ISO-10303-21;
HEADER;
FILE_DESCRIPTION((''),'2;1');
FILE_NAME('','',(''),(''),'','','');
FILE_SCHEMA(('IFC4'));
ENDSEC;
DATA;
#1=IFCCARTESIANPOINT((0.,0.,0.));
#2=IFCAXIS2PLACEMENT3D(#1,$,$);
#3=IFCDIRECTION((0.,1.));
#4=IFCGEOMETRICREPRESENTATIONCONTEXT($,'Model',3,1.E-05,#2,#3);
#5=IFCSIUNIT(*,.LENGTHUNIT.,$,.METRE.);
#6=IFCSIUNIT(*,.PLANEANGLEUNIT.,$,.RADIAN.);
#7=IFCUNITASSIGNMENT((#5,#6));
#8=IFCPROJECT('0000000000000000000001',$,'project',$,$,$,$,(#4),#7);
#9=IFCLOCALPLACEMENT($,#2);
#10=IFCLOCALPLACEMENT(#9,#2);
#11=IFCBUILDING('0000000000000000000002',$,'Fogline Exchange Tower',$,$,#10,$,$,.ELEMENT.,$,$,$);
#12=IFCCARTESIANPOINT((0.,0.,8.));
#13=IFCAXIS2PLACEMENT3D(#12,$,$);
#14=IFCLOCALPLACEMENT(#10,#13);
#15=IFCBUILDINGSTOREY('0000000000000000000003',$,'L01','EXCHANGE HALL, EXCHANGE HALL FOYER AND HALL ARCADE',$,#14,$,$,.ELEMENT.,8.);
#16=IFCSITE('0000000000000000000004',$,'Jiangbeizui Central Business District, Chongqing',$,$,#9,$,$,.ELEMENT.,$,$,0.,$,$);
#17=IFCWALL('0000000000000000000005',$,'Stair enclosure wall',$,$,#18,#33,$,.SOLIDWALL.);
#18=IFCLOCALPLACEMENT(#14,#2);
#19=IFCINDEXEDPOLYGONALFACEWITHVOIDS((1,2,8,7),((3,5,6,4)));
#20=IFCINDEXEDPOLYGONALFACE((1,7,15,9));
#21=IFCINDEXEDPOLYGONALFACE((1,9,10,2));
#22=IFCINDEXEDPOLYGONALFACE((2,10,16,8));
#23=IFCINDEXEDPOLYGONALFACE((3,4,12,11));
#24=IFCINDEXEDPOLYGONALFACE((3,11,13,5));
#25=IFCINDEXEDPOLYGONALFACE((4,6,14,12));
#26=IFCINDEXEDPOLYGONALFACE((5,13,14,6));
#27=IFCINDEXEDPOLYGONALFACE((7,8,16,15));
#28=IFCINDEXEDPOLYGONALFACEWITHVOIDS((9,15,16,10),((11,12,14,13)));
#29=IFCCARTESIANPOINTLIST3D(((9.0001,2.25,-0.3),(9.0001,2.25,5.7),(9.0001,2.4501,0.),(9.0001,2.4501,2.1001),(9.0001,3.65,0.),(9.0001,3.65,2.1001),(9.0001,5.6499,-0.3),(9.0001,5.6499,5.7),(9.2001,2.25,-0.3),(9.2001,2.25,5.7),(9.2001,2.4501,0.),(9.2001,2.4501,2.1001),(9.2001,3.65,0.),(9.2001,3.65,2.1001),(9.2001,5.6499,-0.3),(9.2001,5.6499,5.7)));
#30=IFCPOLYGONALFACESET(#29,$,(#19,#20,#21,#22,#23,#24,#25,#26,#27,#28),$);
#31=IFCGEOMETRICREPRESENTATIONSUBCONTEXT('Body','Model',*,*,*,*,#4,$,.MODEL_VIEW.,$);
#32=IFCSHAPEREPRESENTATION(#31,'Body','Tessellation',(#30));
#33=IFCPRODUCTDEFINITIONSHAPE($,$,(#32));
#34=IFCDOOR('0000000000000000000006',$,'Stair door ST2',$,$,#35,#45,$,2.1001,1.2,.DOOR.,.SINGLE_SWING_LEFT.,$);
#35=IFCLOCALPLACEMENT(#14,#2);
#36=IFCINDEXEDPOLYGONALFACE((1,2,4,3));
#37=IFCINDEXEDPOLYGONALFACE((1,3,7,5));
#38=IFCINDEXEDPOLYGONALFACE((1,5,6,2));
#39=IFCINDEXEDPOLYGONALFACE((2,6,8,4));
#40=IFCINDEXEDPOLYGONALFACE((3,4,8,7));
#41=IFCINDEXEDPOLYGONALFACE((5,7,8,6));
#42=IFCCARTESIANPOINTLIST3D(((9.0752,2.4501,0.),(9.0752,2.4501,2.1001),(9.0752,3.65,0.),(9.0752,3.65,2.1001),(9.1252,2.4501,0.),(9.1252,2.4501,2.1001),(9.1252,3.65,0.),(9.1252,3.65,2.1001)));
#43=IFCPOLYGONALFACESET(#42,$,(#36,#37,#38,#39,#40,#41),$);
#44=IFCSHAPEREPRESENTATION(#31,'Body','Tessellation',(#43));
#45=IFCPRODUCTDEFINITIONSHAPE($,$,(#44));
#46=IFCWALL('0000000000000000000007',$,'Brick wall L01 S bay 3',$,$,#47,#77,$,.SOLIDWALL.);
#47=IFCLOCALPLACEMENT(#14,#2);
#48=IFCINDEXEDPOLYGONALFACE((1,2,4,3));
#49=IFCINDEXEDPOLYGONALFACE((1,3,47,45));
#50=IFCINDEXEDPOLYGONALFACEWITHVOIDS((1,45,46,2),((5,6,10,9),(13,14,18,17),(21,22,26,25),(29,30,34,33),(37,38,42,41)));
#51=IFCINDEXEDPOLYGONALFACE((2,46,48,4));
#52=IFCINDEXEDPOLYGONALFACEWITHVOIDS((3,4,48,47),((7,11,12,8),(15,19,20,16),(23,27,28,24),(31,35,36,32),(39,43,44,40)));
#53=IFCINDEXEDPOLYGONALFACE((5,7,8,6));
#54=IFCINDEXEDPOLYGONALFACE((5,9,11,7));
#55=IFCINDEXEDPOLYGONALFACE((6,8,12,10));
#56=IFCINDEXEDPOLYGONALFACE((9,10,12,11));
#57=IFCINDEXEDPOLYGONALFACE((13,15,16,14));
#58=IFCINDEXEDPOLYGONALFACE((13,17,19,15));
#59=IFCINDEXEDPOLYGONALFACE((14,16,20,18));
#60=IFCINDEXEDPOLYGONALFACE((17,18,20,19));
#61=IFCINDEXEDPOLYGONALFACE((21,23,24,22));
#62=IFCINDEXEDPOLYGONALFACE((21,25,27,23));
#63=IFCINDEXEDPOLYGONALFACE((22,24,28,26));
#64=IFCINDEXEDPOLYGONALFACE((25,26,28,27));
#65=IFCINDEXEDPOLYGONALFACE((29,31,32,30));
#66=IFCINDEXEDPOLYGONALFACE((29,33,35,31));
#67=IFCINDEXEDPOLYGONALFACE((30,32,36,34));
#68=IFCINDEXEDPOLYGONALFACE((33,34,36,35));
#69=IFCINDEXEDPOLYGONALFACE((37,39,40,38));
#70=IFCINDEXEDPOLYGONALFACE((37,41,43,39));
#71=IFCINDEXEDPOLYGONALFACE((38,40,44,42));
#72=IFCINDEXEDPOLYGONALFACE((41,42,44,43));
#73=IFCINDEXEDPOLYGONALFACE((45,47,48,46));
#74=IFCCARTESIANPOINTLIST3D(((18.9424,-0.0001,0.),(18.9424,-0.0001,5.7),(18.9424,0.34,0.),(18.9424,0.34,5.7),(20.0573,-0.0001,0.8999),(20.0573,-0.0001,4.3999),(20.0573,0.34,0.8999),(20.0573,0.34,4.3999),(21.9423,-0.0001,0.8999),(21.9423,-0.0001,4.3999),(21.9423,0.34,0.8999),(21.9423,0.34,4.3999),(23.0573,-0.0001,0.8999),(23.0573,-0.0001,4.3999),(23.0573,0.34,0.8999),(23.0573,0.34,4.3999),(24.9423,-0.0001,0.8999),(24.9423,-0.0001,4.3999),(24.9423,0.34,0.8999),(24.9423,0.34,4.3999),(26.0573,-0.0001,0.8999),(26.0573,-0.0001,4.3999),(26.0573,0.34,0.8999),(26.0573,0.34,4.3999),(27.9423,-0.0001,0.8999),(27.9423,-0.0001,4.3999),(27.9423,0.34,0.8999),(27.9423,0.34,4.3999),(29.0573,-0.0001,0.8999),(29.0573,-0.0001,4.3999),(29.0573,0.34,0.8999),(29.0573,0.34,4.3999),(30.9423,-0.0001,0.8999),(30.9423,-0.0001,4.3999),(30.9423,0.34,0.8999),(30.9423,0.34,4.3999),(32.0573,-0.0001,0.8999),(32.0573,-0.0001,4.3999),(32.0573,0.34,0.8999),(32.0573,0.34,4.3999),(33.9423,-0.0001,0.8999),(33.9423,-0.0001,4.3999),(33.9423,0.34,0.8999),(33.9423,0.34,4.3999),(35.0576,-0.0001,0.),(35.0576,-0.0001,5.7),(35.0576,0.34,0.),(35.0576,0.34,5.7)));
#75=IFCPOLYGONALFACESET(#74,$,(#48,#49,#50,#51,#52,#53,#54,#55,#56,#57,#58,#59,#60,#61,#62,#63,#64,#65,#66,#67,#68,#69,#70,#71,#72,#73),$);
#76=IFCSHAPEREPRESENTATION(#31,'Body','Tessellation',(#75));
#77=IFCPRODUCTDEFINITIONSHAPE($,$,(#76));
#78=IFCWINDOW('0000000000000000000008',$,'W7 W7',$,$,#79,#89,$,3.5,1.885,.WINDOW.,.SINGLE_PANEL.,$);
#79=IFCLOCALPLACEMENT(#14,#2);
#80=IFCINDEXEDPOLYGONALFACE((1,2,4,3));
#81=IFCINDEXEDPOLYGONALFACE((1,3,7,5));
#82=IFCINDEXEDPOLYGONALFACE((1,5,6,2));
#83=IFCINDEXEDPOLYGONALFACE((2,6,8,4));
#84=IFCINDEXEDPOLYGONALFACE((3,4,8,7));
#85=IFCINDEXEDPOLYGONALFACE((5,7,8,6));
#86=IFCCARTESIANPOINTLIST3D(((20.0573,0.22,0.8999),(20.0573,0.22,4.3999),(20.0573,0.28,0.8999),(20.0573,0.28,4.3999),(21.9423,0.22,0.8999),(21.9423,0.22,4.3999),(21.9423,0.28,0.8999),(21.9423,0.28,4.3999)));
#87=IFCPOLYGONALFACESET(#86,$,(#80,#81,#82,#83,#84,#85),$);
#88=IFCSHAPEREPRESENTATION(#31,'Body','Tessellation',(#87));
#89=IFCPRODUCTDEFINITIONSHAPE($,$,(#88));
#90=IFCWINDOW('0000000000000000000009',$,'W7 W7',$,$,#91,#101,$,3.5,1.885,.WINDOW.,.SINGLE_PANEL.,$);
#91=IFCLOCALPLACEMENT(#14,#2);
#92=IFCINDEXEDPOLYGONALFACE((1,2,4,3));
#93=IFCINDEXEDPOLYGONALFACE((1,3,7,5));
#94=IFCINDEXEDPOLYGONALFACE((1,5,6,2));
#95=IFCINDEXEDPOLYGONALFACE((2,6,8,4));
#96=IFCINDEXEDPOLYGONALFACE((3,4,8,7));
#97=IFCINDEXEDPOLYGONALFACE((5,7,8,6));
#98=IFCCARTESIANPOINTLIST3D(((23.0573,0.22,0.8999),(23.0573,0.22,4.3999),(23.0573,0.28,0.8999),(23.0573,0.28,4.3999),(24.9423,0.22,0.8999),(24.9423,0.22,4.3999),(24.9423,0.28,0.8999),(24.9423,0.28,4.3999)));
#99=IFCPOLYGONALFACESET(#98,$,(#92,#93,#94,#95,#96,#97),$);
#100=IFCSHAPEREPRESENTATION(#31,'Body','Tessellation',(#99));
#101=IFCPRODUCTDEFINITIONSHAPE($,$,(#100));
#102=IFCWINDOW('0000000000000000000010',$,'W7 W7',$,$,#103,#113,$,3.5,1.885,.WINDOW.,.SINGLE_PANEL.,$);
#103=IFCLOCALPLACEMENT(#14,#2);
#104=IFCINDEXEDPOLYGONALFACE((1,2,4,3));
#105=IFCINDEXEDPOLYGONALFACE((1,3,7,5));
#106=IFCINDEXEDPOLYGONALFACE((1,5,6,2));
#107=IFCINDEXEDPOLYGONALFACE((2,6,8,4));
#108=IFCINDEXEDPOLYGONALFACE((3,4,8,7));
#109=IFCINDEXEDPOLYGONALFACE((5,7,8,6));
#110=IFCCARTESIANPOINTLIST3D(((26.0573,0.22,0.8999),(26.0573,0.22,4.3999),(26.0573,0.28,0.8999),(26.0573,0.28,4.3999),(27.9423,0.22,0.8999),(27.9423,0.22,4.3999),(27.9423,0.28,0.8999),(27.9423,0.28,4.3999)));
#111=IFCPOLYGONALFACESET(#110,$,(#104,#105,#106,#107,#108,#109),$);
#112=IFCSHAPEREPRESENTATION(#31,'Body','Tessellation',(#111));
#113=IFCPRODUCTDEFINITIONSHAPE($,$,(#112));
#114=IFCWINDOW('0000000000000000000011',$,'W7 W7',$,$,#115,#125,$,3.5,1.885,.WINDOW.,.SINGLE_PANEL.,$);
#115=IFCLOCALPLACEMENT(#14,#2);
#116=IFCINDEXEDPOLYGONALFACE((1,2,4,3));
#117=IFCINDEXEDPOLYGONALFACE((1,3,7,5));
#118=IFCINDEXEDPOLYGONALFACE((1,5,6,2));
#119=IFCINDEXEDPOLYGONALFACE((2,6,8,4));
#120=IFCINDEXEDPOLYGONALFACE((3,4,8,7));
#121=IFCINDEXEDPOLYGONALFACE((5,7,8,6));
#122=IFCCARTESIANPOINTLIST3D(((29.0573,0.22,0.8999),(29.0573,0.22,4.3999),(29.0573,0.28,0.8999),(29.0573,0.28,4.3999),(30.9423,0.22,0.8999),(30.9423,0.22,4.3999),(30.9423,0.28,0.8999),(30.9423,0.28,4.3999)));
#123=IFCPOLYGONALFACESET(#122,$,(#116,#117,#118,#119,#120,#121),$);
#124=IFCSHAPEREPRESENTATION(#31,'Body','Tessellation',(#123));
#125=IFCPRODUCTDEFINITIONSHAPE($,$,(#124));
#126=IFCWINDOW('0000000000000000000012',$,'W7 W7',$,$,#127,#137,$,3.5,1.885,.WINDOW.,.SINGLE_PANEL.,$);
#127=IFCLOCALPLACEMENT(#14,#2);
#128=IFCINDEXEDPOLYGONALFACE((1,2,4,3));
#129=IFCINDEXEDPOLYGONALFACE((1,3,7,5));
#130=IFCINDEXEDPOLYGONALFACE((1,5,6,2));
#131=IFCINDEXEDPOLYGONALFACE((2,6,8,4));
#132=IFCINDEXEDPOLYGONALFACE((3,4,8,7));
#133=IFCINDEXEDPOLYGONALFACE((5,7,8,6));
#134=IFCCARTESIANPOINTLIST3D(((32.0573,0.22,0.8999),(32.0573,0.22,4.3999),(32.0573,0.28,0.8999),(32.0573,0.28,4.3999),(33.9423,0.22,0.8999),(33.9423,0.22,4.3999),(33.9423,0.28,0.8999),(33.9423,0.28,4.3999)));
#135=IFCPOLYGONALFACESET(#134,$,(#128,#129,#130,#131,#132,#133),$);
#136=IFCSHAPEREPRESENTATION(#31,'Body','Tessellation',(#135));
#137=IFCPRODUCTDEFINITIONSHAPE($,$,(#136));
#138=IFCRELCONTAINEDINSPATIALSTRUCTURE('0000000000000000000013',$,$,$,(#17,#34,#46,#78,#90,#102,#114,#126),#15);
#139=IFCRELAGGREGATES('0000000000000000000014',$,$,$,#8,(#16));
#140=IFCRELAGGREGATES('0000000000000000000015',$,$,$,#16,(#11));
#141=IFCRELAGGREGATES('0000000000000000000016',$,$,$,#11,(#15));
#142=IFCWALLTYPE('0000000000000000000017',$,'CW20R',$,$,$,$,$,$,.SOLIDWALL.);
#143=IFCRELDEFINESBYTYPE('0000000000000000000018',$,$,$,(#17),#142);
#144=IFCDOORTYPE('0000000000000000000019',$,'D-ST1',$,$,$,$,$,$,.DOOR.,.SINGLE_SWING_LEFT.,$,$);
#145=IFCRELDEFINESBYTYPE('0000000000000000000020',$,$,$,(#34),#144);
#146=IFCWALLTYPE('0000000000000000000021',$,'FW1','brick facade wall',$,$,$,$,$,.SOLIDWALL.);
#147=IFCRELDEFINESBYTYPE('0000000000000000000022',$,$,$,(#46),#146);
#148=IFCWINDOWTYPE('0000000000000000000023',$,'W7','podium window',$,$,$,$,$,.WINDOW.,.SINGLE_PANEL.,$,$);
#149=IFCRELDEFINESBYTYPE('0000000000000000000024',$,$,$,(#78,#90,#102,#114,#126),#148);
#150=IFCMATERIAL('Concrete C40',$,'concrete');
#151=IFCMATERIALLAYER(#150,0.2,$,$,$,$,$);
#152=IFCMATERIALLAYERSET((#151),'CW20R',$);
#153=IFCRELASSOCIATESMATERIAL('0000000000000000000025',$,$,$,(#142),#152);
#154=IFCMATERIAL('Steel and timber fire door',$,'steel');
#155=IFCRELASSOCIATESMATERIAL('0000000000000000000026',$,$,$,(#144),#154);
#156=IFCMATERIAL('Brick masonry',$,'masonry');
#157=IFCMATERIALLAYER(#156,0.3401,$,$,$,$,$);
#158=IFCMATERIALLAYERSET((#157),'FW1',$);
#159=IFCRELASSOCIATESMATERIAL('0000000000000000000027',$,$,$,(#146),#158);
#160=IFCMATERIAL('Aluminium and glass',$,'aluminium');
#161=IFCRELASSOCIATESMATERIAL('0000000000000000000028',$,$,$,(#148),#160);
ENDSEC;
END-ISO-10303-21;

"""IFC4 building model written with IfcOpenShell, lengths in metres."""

from ifc_helpers import new_model, si_unit, direction, frame, frame_2d, origin, place, context, subcontext, project, spatial, rectangle, extrude, material, layer, layer_set, type_object, element, fill, save


model = new_model("IFC4")

# Units and contexts
model_context = context("Model", 3, precision=1e-05, world=origin(), true_north=direction((0.0, 1.0)))
body_context = subcontext(model_context, "Body", "Model", "MODEL_VIEW")
ifc_project = project(units=[si_unit("LENGTHUNIT", "METRE"), si_unit("PLANEANGLEUNIT", "RADIAN")], contexts=[model_context])

# Site, building, storey
site_placement = place(None, origin())
site = spatial("IfcSite", under=ifc_project, at=site_placement, Name="Jiangbeizui Central Business District, Chongqing", CompositionType="ELEMENT", RefElevation=0.0)
building_placement = place(site_placement, origin())
building = spatial("IfcBuilding", under=site, at=building_placement, Name="Fogline Exchange Tower", CompositionType="ELEMENT")
storey_placement = place(building_placement, frame((0.0, 0.0, 8.0)))
storey = spatial("IfcBuildingStorey", under=building, at=storey_placement, Name="L01", Description="EXCHANGE HALL, EXCHANGE HALL FOYER AND HALL ARCADE", CompositionType="ELEMENT", Elevation=8.0)

# Shared definitions
ifc_material_1 = material(Name="Aluminium and glass", Category="aluminium")

# Wall, opening, door
ifc_material_2 = material(Name="Concrete C40", Category="concrete")
ifc_layer_1 = layer(ifc_material_2, 0.2)
ifc_layer_set_1 = layer_set([ifc_layer_1], Name="CW20R")
wall_type_1 = type_object("IfcWallType", Name="CW20R", PredefinedType="SOLIDWALL", material=ifc_layer_set_1)
wall_1_placement = place(storey_placement, frame((9.1001, 2.25, -0.3), z_axis=(0.0, 0.0, 1.0), x_axis=(0.0, 1.0, 0.0)))
wall_1 = element("IfcWall", 1, at=wall_1_placement, inside=storey, type_object=wall_type_1, Name="Stair enclosure wall", PredefinedType="SOLIDWALL", context=body_context, shape_type="SweptSolid", body=[
    extrude(rectangle(XDim=3.3999, YDim=0.2, at=frame_2d((1.7, 0.0))), origin(), (0.0, 0.0, 1.0), 6.0),
])
opening_1_placement = place(wall_1_placement, frame((0.2, 0.0, 0.3)))
opening_1 = element("IfcOpeningElement", 2, at=opening_1_placement, cuts=wall_1, PredefinedType="OPENING", context=body_context, shape_type="SweptSolid", body=[
    extrude(rectangle(XDim=1.2, YDim=2.1001, at=frame_2d((0.6001, 1.05))), frame((0.0, 0.1099, 0.0), z_axis=(0.0, -1.0, 0.0), x_axis=(1.0, 0.0, 0.0)), (0.0, 0.0, 1.0), 0.22),
])
ifc_material_3 = material(Name="Steel and timber fire door", Category="steel")
door_type_1 = type_object("IfcDoorType", Name="D-ST1", OperationType="SINGLE_SWING_LEFT", PredefinedType="DOOR", material=ifc_material_3)
door_1_placement = place(opening_1_placement, origin())
door_1 = element("IfcDoor", 3, at=door_1_placement, inside=storey, type_object=door_type_1, Name="Stair door ST2", OperationType="SINGLE_SWING_LEFT", OverallHeight=2.1001, OverallWidth=1.2, PredefinedType="DOOR", context=body_context, shape_type="SweptSolid", body=[
    extrude(rectangle(XDim=1.2, YDim=2.1001, at=frame_2d((0.6001, 1.05))), frame((0.0, 0.0249, 0.0), z_axis=(0.0, -1.0, 0.0), x_axis=(1.0, 0.0, 0.0)), (0.0, 0.0, 1.0), 0.05),
])
fill(opening_1, door_1)

# Wall, openings, windows
ifc_material_4 = material(Name="Brick masonry", Category="masonry")
ifc_layer_2 = layer(ifc_material_4, 0.3401)
ifc_layer_set_2 = layer_set([ifc_layer_2], Name="FW1")
wall_type_2 = type_object("IfcWallType", Name="FW1", Description="brick facade wall", PredefinedType="SOLIDWALL", material=ifc_layer_set_2)
wall_2_placement = place(storey_placement, frame((18.9424, 0.1699, 0.0), z_axis=(0.0, 0.0, 1.0), x_axis=(1.0, 0.0, 0.0)))
wall_2 = element("IfcWall", 4, at=wall_2_placement, inside=storey, type_object=wall_type_2, Name="Brick wall L01 S bay 3", PredefinedType="SOLIDWALL", context=body_context, shape_type="SweptSolid", body=[
    extrude(rectangle(XDim=16.1152, YDim=0.3401, at=frame_2d((8.0576, 0.0))), origin(), (0.0, 0.0, 1.0), 5.7),
])
opening_2_placement = place(wall_2_placement, frame((1.115, 0.0, 0.8999)))
opening_2 = element("IfcOpeningElement", 5, at=opening_2_placement, cuts=wall_2, PredefinedType="OPENING", context=body_context, shape_type="SweptSolid", body=[
    extrude(rectangle(XDim=1.885, YDim=3.5, at=frame_2d((0.9424, 1.75))), frame((0.0, 0.1802, 0.0), z_axis=(0.0, -1.0, 0.0), x_axis=(1.0, 0.0, 0.0)), (0.0, 0.0, 1.0), 0.3601),
])
opening_3_placement = place(wall_2_placement, frame((4.115, 0.0, 0.8999)))
opening_3 = element("IfcOpeningElement", 6, at=opening_3_placement, cuts=wall_2, PredefinedType="OPENING", context=body_context, shape_type="SweptSolid", body=[
    extrude(rectangle(XDim=1.885, YDim=3.5, at=frame_2d((0.9424, 1.75))), frame((0.0, 0.1802, 0.0), z_axis=(0.0, -1.0, 0.0), x_axis=(1.0, 0.0, 0.0)), (0.0, 0.0, 1.0), 0.3601),
])
opening_4_placement = place(wall_2_placement, frame((7.115, 0.0, 0.8999)))
opening_4 = element("IfcOpeningElement", 7, at=opening_4_placement, cuts=wall_2, PredefinedType="OPENING", context=body_context, shape_type="SweptSolid", body=[
    extrude(rectangle(XDim=1.885, YDim=3.5, at=frame_2d((0.9424, 1.75))), frame((0.0, 0.1802, 0.0), z_axis=(0.0, -1.0, 0.0), x_axis=(1.0, 0.0, 0.0)), (0.0, 0.0, 1.0), 0.3601),
])
opening_5_placement = place(wall_2_placement, frame((10.115, 0.0, 0.8999)))
opening_5 = element("IfcOpeningElement", 8, at=opening_5_placement, cuts=wall_2, PredefinedType="OPENING", context=body_context, shape_type="SweptSolid", body=[
    extrude(rectangle(XDim=1.885, YDim=3.5, at=frame_2d((0.9424, 1.75))), frame((0.0, 0.1802, 0.0), z_axis=(0.0, -1.0, 0.0), x_axis=(1.0, 0.0, 0.0)), (0.0, 0.0, 1.0), 0.3601),
])
opening_6_placement = place(wall_2_placement, frame((13.115, 0.0, 0.8999)))
opening_6 = element("IfcOpeningElement", 9, at=opening_6_placement, cuts=wall_2, PredefinedType="OPENING", context=body_context, shape_type="SweptSolid", body=[
    extrude(rectangle(XDim=1.885, YDim=3.5, at=frame_2d((0.9424, 1.75))), frame((0.0, 0.1802, 0.0), z_axis=(0.0, -1.0, 0.0), x_axis=(1.0, 0.0, 0.0)), (0.0, 0.0, 1.0), 0.3601),
])
window_type = type_object("IfcWindowType", Name="W7", Description="podium window", PartitioningType="SINGLE_PANEL", PredefinedType="WINDOW", material=ifc_material_1)
window_1_placement = place(opening_2_placement, origin())
window_1 = element("IfcWindow", 10, at=window_1_placement, inside=storey, type_object=window_type, Name="W7 W7", OverallHeight=3.5, OverallWidth=1.885, PartitioningType="SINGLE_PANEL", PredefinedType="WINDOW", context=body_context, shape_type="SweptSolid", body=[
    extrude(rectangle(XDim=1.885, YDim=3.5, at=frame_2d((0.9424, 1.75))), frame((0.0, 0.1101, 0.0), z_axis=(0.0, -1.0, 0.0), x_axis=(1.0, 0.0, 0.0)), (0.0, 0.0, 1.0), 0.0601),
])
fill(opening_2, window_1)
window_2_placement = place(opening_3_placement, origin())
window_2 = element("IfcWindow", 11, at=window_2_placement, inside=storey, type_object=window_type, Name="W7 W7", OverallHeight=3.5, OverallWidth=1.885, PartitioningType="SINGLE_PANEL", PredefinedType="WINDOW", context=body_context, shape_type="SweptSolid", body=[
    extrude(rectangle(XDim=1.885, YDim=3.5, at=frame_2d((0.9424, 1.75))), frame((0.0, 0.1101, 0.0), z_axis=(0.0, -1.0, 0.0), x_axis=(1.0, 0.0, 0.0)), (0.0, 0.0, 1.0), 0.0601),
])
fill(opening_3, window_2)
window_3_placement = place(opening_4_placement, origin())
window_3 = element("IfcWindow", 12, at=window_3_placement, inside=storey, type_object=window_type, Name="W7 W7", OverallHeight=3.5, OverallWidth=1.885, PartitioningType="SINGLE_PANEL", PredefinedType="WINDOW", context=body_context, shape_type="SweptSolid", body=[
    extrude(rectangle(XDim=1.885, YDim=3.5, at=frame_2d((0.9424, 1.75))), frame((0.0, 0.1101, 0.0), z_axis=(0.0, -1.0, 0.0), x_axis=(1.0, 0.0, 0.0)), (0.0, 0.0, 1.0), 0.0601),
])
fill(opening_4, window_3)
window_4_placement = place(opening_5_placement, origin())
window_4 = element("IfcWindow", 13, at=window_4_placement, inside=storey, type_object=window_type, Name="W7 W7", OverallHeight=3.5, OverallWidth=1.885, PartitioningType="SINGLE_PANEL", PredefinedType="WINDOW", context=body_context, shape_type="SweptSolid", body=[
    extrude(rectangle(XDim=1.885, YDim=3.5, at=frame_2d((0.9424, 1.75))), frame((0.0, 0.1101, 0.0), z_axis=(0.0, -1.0, 0.0), x_axis=(1.0, 0.0, 0.0)), (0.0, 0.0, 1.0), 0.0601),
])
fill(opening_5, window_4)
window_5_placement = place(opening_6_placement, origin())
window_5 = element("IfcWindow", 14, at=window_5_placement, inside=storey, type_object=window_type, Name="W7 W7", OverallHeight=3.5, OverallWidth=1.885, PartitioningType="SINGLE_PANEL", PredefinedType="WINDOW", context=body_context, shape_type="SweptSolid", body=[
    extrude(rectangle(XDim=1.885, YDim=3.5, at=frame_2d((0.9424, 1.75))), frame((0.0, 0.1101, 0.0), z_axis=(0.0, -1.0, 0.0), x_axis=(1.0, 0.0, 0.0)), (0.0, 0.0, 1.0), 0.0601),
])
fill(opening_6, window_5)

save(model, "model.ifc")
